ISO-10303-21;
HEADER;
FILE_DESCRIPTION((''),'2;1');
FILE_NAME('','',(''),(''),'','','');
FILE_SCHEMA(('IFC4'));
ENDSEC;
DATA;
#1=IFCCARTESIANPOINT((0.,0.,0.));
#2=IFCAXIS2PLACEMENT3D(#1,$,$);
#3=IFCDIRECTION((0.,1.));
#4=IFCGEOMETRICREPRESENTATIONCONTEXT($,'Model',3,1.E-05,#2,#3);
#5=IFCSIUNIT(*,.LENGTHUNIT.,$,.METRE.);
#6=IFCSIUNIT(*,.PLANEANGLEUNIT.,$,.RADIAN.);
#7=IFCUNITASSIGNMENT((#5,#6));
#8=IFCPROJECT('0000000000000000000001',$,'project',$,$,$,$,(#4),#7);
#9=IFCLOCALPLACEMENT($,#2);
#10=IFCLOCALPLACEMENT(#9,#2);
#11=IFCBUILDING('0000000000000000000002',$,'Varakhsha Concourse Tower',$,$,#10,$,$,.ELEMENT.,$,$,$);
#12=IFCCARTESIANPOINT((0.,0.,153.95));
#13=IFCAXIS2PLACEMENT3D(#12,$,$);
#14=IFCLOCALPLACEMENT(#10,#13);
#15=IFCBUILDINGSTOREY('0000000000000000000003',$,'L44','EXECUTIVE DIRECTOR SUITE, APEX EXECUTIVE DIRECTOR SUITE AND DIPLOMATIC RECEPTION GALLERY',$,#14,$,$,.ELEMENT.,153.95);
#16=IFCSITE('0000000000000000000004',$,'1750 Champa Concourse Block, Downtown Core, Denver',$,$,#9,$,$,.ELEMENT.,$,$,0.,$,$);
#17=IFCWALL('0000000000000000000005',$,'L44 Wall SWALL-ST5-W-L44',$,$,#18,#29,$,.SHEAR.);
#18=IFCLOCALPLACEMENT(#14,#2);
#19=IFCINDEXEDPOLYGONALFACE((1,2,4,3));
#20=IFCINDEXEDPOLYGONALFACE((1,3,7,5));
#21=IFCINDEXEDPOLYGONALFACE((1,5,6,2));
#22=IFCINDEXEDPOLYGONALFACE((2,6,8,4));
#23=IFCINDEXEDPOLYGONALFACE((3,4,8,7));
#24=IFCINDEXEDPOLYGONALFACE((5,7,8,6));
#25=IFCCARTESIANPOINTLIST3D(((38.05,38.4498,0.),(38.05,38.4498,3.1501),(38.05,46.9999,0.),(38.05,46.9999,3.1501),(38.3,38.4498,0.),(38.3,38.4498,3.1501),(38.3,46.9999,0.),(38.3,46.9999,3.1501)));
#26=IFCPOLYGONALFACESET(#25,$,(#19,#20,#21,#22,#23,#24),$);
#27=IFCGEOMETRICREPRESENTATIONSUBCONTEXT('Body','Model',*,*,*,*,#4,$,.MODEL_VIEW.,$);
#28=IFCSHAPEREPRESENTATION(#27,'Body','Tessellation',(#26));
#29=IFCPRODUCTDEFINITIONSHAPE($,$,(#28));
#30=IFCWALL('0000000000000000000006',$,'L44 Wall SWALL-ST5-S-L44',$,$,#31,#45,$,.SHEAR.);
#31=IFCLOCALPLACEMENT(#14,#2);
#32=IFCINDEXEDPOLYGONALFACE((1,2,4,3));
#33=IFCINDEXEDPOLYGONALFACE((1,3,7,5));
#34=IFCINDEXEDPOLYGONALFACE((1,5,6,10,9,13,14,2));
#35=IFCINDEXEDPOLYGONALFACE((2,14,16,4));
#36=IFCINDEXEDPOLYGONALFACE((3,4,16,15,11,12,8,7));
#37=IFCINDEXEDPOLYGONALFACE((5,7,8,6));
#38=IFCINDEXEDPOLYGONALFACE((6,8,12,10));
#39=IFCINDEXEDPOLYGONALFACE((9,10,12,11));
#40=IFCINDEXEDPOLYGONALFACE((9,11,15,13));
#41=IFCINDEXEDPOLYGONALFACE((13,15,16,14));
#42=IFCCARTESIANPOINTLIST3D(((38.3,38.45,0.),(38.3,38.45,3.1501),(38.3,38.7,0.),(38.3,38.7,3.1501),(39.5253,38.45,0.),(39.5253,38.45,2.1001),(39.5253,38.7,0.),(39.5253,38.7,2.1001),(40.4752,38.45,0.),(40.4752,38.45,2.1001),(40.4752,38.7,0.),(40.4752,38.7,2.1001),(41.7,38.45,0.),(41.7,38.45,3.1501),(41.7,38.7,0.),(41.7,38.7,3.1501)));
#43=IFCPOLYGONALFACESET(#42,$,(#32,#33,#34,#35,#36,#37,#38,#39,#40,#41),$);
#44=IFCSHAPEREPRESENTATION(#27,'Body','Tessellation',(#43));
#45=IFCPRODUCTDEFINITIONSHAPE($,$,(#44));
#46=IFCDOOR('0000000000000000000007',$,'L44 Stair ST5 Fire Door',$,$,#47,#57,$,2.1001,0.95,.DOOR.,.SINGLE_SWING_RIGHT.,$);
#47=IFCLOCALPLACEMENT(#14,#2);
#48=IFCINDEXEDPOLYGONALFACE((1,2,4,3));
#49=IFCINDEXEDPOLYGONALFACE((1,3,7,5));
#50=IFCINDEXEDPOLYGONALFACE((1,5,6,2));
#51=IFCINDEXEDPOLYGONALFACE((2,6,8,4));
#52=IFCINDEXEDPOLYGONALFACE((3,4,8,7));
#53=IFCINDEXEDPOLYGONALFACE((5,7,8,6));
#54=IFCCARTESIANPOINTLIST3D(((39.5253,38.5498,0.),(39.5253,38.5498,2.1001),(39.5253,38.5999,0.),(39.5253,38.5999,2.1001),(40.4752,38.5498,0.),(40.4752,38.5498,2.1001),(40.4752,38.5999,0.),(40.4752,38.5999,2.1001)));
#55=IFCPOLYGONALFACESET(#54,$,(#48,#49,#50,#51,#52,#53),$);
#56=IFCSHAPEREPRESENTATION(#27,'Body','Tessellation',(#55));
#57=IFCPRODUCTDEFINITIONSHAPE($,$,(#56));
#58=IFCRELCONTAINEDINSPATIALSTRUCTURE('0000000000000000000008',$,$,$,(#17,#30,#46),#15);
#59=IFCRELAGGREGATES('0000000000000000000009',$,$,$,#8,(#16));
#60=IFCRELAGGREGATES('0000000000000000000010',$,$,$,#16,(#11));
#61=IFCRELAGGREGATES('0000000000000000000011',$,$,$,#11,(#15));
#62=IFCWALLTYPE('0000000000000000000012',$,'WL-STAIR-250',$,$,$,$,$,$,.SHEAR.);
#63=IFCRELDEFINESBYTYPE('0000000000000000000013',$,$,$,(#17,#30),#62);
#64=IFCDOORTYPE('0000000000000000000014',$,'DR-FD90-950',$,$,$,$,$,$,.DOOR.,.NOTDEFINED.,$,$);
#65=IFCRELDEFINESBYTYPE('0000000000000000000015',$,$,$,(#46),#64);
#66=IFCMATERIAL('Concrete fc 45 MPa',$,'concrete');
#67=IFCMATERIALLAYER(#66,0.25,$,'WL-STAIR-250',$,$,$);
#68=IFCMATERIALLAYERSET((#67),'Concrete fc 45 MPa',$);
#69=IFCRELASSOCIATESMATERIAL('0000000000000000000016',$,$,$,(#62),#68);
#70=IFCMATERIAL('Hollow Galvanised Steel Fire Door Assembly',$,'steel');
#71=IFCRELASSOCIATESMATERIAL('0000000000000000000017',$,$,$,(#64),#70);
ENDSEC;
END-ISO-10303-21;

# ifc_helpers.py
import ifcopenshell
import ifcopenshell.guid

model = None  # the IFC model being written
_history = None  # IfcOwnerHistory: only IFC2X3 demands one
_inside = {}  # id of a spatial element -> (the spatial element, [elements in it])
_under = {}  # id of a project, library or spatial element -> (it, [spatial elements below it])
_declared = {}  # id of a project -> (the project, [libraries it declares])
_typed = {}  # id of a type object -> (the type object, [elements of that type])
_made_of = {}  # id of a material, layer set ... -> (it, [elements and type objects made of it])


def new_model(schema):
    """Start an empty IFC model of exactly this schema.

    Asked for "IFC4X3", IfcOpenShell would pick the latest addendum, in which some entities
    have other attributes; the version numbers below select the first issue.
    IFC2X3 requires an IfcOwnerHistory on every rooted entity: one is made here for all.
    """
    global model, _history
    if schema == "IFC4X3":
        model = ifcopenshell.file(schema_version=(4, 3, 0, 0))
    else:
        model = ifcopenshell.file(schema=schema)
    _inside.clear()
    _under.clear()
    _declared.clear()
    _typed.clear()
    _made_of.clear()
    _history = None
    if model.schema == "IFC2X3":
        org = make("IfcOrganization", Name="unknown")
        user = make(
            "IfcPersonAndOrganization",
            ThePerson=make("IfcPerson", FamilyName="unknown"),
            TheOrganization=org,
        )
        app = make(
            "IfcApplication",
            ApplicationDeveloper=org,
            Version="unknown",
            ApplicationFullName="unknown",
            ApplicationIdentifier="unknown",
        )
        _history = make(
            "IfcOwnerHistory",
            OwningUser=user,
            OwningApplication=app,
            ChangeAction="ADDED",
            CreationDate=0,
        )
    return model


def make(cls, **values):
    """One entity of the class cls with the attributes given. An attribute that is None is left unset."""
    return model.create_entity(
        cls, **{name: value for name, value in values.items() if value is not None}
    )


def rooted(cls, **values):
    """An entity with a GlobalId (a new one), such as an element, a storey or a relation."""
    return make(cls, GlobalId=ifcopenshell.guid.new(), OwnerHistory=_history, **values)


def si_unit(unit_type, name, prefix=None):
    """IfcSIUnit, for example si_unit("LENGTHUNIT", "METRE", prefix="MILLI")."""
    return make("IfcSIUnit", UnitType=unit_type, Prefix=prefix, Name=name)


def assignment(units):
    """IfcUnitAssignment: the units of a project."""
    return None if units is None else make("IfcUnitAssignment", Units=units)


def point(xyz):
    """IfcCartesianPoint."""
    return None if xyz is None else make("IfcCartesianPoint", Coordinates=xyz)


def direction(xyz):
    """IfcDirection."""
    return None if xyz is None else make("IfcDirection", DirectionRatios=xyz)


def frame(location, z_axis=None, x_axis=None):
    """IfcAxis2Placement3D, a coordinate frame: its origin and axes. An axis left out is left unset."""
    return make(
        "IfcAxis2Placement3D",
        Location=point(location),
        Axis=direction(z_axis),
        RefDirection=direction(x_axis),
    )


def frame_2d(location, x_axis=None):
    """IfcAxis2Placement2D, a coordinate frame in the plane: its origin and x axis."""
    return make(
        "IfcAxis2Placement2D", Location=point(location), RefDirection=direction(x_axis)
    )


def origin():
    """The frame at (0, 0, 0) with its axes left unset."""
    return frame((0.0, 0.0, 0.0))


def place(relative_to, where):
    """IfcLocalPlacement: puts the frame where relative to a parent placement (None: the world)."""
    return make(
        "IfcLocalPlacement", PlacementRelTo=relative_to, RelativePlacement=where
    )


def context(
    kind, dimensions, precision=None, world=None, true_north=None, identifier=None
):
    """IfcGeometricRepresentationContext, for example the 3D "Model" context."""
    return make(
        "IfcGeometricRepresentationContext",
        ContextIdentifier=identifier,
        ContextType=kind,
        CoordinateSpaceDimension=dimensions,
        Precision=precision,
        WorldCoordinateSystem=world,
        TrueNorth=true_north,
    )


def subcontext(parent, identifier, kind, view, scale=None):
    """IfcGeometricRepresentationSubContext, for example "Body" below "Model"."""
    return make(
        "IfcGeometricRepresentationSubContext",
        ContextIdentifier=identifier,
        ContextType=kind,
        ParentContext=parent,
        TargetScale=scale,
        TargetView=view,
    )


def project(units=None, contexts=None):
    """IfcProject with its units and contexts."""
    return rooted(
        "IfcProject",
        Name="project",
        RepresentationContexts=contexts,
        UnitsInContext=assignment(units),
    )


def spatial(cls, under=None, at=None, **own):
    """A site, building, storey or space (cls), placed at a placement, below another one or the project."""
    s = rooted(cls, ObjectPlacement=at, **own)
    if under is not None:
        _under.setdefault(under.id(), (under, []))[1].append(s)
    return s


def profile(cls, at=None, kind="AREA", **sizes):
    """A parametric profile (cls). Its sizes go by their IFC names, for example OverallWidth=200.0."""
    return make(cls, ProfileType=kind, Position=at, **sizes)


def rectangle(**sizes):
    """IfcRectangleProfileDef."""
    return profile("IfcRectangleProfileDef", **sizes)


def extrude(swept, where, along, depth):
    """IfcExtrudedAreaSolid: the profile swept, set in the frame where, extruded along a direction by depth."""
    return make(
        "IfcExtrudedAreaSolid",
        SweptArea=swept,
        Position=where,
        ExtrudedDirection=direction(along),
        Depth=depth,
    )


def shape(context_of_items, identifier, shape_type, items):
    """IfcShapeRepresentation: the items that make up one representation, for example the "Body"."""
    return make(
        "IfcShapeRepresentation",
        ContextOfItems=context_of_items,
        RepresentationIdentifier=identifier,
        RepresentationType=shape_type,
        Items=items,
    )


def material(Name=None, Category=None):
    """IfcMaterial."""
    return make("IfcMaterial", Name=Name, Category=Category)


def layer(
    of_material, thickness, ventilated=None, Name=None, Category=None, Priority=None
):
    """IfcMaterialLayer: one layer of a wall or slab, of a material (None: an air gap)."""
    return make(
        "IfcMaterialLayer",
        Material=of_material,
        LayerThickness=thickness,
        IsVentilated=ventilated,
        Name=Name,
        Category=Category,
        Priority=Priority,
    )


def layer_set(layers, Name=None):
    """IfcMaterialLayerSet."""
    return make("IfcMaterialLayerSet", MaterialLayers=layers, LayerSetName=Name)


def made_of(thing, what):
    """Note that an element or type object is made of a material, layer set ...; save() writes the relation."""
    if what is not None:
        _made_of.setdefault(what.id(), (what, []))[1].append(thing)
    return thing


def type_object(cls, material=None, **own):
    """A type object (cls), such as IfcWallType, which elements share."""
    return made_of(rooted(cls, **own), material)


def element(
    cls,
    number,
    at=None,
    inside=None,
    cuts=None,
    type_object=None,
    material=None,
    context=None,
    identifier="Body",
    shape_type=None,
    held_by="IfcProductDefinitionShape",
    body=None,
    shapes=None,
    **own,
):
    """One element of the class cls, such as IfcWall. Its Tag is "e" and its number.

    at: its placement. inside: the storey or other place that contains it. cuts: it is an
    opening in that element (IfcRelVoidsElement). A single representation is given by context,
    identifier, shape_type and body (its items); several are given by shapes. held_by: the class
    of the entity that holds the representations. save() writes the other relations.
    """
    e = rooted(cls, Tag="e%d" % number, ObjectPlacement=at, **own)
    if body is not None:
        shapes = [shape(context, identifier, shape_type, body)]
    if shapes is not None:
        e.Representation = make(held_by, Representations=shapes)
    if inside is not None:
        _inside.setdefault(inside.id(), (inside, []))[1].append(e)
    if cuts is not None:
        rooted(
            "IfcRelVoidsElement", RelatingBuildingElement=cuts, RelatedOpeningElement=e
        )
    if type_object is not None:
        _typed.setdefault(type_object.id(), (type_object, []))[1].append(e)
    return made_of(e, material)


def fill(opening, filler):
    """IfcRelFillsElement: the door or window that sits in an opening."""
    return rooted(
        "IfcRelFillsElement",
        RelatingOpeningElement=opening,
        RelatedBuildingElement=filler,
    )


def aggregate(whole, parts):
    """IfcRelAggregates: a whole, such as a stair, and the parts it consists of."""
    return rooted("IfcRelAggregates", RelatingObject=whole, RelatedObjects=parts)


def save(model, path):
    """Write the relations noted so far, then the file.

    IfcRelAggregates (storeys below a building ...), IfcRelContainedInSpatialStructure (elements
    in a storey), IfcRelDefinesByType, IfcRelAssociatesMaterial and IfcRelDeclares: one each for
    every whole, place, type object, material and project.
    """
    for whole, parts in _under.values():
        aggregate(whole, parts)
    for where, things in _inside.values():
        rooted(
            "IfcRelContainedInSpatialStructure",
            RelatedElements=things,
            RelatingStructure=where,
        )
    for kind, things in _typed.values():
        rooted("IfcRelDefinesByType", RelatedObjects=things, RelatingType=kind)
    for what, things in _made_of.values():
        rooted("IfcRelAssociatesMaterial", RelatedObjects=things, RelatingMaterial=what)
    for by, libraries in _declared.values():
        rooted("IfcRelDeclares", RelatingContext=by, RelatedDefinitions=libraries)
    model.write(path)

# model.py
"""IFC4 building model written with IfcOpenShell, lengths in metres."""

from ifc_helpers import new_model, si_unit, direction, frame, frame_2d, origin, place, context, subcontext, project, spatial, rectangle, extrude, material, layer, layer_set, type_object, element, fill, save


model = new_model("IFC4")

# Units and contexts
model_context = context("Model", 3, precision=1e-05, world=origin(), true_north=direction((0.0, 1.0)))
body_context = subcontext(model_context, "Body", "Model", "MODEL_VIEW")
ifc_project = project(units=[si_unit("LENGTHUNIT", "METRE"), si_unit("PLANEANGLEUNIT", "RADIAN")], contexts=[model_context])

# Site, building, storey
site_placement = place(None, origin())
site = spatial("IfcSite", under=ifc_project, at=site_placement, Name="1750 Champa Concourse Block, Downtown Core, Denver", CompositionType="ELEMENT", RefElevation=0.0)
building_placement = place(site_placement, origin())
building = spatial("IfcBuilding", under=site, at=building_placement, Name="Varakhsha Concourse Tower", CompositionType="ELEMENT")
storey_placement = place(building_placement, frame((0.0, 0.0, 153.95)))
storey = spatial("IfcBuildingStorey", under=building, at=storey_placement, Name="L44", Description="EXECUTIVE DIRECTOR SUITE, APEX EXECUTIVE DIRECTOR SUITE AND DIPLOMATIC RECEPTION GALLERY", CompositionType="ELEMENT", Elevation=153.95)

# Shared definitions
ifc_material_1 = material(Name="Concrete fc 45 MPa", Category="concrete")

# Shared definitions
ifc_material_2 = material(Name="Hollow Galvanised Steel Fire Door Assembly", Category="steel")

# Wall
ifc_layer_1 = layer(ifc_material_1, 0.25, Name="WL-STAIR-250")
ifc_layer_set_1 = layer_set([ifc_layer_1], Name="Concrete fc 45 MPa")
wall_type_1 = type_object("IfcWallType", Name="WL-STAIR-250", PredefinedType="SHEAR", material=ifc_layer_set_1)
wall_1_placement = place(storey_placement, frame((38.175, 38.45, 0.0), z_axis=(0.0, 0.0, 1.0), x_axis=(0.0, 1.0, 0.0)))
element("IfcWall", 1, at=wall_1_placement, inside=storey, type_object=wall_type_1, Name="L44 Wall SWALL-ST5-W-L44", PredefinedType="SHEAR", context=body_context, shape_type="SweptSolid", body=[
    extrude(rectangle(XDim=8.55, YDim=0.25, at=frame_2d((4.2749, 0.0))), origin(), (0.0, 0.0, 1.0), 3.1501),
])

# Wall, opening, door
wall_2_placement = place(storey_placement, frame((38.3, 38.575, 0.0), z_axis=(0.0, 0.0, 1.0), x_axis=(1.0, 0.0, 0.0)))
wall_2 = element("IfcWall", 2, at=wall_2_placement, inside=storey, type_object=wall_type_1, Name="L44 Wall SWALL-ST5-S-L44", PredefinedType="SHEAR", context=body_context, shape_type="SweptSolid", body=[
    extrude(rectangle(XDim=3.3999, YDim=0.25, at=frame_2d((1.7, 0.0))), origin(), (0.0, 0.0, 1.0), 3.1501),
])
opening_1_placement = place(wall_2_placement, frame((1.2251, 0.0, 0.0)))
opening_1 = element("IfcOpeningElement", 3, at=opening_1_placement, cuts=wall_2, PredefinedType="OPENING", context=body_context, shape_type="SweptSolid", body=[
    extrude(rectangle(XDim=0.95, YDim=2.1001, at=frame_2d((0.4751, 1.05))), frame((0.0, 0.135, 0.0), z_axis=(0.0, -1.0, 0.0), x_axis=(1.0, 0.0, 0.0)), (0.0, 0.0, 1.0), 0.27),
])
door_type_1 = type_object("IfcDoorType", Name="DR-FD90-950", OperationType="NOTDEFINED", PredefinedType="DOOR", material=ifc_material_2)
door_1_placement = place(opening_1_placement, origin())
door_1 = element("IfcDoor", 4, at=door_1_placement, inside=storey, type_object=door_type_1, Name="L44 Stair ST5 Fire Door", OperationType="SINGLE_SWING_RIGHT", OverallHeight=2.1001, OverallWidth=0.95, PredefinedType="DOOR", context=body_context, shape_type="SweptSolid", body=[
    extrude(rectangle(XDim=0.95, YDim=2.1001, at=frame_2d((0.4751, 1.05))), frame((0.0, 0.0249, 0.0), z_axis=(0.0, -1.0, 0.0), x_axis=(1.0, 0.0, 0.0)), (0.0, 0.0, 1.0), 0.05),
])
fill(opening_1, door_1)

save(model, "model.ifc")
